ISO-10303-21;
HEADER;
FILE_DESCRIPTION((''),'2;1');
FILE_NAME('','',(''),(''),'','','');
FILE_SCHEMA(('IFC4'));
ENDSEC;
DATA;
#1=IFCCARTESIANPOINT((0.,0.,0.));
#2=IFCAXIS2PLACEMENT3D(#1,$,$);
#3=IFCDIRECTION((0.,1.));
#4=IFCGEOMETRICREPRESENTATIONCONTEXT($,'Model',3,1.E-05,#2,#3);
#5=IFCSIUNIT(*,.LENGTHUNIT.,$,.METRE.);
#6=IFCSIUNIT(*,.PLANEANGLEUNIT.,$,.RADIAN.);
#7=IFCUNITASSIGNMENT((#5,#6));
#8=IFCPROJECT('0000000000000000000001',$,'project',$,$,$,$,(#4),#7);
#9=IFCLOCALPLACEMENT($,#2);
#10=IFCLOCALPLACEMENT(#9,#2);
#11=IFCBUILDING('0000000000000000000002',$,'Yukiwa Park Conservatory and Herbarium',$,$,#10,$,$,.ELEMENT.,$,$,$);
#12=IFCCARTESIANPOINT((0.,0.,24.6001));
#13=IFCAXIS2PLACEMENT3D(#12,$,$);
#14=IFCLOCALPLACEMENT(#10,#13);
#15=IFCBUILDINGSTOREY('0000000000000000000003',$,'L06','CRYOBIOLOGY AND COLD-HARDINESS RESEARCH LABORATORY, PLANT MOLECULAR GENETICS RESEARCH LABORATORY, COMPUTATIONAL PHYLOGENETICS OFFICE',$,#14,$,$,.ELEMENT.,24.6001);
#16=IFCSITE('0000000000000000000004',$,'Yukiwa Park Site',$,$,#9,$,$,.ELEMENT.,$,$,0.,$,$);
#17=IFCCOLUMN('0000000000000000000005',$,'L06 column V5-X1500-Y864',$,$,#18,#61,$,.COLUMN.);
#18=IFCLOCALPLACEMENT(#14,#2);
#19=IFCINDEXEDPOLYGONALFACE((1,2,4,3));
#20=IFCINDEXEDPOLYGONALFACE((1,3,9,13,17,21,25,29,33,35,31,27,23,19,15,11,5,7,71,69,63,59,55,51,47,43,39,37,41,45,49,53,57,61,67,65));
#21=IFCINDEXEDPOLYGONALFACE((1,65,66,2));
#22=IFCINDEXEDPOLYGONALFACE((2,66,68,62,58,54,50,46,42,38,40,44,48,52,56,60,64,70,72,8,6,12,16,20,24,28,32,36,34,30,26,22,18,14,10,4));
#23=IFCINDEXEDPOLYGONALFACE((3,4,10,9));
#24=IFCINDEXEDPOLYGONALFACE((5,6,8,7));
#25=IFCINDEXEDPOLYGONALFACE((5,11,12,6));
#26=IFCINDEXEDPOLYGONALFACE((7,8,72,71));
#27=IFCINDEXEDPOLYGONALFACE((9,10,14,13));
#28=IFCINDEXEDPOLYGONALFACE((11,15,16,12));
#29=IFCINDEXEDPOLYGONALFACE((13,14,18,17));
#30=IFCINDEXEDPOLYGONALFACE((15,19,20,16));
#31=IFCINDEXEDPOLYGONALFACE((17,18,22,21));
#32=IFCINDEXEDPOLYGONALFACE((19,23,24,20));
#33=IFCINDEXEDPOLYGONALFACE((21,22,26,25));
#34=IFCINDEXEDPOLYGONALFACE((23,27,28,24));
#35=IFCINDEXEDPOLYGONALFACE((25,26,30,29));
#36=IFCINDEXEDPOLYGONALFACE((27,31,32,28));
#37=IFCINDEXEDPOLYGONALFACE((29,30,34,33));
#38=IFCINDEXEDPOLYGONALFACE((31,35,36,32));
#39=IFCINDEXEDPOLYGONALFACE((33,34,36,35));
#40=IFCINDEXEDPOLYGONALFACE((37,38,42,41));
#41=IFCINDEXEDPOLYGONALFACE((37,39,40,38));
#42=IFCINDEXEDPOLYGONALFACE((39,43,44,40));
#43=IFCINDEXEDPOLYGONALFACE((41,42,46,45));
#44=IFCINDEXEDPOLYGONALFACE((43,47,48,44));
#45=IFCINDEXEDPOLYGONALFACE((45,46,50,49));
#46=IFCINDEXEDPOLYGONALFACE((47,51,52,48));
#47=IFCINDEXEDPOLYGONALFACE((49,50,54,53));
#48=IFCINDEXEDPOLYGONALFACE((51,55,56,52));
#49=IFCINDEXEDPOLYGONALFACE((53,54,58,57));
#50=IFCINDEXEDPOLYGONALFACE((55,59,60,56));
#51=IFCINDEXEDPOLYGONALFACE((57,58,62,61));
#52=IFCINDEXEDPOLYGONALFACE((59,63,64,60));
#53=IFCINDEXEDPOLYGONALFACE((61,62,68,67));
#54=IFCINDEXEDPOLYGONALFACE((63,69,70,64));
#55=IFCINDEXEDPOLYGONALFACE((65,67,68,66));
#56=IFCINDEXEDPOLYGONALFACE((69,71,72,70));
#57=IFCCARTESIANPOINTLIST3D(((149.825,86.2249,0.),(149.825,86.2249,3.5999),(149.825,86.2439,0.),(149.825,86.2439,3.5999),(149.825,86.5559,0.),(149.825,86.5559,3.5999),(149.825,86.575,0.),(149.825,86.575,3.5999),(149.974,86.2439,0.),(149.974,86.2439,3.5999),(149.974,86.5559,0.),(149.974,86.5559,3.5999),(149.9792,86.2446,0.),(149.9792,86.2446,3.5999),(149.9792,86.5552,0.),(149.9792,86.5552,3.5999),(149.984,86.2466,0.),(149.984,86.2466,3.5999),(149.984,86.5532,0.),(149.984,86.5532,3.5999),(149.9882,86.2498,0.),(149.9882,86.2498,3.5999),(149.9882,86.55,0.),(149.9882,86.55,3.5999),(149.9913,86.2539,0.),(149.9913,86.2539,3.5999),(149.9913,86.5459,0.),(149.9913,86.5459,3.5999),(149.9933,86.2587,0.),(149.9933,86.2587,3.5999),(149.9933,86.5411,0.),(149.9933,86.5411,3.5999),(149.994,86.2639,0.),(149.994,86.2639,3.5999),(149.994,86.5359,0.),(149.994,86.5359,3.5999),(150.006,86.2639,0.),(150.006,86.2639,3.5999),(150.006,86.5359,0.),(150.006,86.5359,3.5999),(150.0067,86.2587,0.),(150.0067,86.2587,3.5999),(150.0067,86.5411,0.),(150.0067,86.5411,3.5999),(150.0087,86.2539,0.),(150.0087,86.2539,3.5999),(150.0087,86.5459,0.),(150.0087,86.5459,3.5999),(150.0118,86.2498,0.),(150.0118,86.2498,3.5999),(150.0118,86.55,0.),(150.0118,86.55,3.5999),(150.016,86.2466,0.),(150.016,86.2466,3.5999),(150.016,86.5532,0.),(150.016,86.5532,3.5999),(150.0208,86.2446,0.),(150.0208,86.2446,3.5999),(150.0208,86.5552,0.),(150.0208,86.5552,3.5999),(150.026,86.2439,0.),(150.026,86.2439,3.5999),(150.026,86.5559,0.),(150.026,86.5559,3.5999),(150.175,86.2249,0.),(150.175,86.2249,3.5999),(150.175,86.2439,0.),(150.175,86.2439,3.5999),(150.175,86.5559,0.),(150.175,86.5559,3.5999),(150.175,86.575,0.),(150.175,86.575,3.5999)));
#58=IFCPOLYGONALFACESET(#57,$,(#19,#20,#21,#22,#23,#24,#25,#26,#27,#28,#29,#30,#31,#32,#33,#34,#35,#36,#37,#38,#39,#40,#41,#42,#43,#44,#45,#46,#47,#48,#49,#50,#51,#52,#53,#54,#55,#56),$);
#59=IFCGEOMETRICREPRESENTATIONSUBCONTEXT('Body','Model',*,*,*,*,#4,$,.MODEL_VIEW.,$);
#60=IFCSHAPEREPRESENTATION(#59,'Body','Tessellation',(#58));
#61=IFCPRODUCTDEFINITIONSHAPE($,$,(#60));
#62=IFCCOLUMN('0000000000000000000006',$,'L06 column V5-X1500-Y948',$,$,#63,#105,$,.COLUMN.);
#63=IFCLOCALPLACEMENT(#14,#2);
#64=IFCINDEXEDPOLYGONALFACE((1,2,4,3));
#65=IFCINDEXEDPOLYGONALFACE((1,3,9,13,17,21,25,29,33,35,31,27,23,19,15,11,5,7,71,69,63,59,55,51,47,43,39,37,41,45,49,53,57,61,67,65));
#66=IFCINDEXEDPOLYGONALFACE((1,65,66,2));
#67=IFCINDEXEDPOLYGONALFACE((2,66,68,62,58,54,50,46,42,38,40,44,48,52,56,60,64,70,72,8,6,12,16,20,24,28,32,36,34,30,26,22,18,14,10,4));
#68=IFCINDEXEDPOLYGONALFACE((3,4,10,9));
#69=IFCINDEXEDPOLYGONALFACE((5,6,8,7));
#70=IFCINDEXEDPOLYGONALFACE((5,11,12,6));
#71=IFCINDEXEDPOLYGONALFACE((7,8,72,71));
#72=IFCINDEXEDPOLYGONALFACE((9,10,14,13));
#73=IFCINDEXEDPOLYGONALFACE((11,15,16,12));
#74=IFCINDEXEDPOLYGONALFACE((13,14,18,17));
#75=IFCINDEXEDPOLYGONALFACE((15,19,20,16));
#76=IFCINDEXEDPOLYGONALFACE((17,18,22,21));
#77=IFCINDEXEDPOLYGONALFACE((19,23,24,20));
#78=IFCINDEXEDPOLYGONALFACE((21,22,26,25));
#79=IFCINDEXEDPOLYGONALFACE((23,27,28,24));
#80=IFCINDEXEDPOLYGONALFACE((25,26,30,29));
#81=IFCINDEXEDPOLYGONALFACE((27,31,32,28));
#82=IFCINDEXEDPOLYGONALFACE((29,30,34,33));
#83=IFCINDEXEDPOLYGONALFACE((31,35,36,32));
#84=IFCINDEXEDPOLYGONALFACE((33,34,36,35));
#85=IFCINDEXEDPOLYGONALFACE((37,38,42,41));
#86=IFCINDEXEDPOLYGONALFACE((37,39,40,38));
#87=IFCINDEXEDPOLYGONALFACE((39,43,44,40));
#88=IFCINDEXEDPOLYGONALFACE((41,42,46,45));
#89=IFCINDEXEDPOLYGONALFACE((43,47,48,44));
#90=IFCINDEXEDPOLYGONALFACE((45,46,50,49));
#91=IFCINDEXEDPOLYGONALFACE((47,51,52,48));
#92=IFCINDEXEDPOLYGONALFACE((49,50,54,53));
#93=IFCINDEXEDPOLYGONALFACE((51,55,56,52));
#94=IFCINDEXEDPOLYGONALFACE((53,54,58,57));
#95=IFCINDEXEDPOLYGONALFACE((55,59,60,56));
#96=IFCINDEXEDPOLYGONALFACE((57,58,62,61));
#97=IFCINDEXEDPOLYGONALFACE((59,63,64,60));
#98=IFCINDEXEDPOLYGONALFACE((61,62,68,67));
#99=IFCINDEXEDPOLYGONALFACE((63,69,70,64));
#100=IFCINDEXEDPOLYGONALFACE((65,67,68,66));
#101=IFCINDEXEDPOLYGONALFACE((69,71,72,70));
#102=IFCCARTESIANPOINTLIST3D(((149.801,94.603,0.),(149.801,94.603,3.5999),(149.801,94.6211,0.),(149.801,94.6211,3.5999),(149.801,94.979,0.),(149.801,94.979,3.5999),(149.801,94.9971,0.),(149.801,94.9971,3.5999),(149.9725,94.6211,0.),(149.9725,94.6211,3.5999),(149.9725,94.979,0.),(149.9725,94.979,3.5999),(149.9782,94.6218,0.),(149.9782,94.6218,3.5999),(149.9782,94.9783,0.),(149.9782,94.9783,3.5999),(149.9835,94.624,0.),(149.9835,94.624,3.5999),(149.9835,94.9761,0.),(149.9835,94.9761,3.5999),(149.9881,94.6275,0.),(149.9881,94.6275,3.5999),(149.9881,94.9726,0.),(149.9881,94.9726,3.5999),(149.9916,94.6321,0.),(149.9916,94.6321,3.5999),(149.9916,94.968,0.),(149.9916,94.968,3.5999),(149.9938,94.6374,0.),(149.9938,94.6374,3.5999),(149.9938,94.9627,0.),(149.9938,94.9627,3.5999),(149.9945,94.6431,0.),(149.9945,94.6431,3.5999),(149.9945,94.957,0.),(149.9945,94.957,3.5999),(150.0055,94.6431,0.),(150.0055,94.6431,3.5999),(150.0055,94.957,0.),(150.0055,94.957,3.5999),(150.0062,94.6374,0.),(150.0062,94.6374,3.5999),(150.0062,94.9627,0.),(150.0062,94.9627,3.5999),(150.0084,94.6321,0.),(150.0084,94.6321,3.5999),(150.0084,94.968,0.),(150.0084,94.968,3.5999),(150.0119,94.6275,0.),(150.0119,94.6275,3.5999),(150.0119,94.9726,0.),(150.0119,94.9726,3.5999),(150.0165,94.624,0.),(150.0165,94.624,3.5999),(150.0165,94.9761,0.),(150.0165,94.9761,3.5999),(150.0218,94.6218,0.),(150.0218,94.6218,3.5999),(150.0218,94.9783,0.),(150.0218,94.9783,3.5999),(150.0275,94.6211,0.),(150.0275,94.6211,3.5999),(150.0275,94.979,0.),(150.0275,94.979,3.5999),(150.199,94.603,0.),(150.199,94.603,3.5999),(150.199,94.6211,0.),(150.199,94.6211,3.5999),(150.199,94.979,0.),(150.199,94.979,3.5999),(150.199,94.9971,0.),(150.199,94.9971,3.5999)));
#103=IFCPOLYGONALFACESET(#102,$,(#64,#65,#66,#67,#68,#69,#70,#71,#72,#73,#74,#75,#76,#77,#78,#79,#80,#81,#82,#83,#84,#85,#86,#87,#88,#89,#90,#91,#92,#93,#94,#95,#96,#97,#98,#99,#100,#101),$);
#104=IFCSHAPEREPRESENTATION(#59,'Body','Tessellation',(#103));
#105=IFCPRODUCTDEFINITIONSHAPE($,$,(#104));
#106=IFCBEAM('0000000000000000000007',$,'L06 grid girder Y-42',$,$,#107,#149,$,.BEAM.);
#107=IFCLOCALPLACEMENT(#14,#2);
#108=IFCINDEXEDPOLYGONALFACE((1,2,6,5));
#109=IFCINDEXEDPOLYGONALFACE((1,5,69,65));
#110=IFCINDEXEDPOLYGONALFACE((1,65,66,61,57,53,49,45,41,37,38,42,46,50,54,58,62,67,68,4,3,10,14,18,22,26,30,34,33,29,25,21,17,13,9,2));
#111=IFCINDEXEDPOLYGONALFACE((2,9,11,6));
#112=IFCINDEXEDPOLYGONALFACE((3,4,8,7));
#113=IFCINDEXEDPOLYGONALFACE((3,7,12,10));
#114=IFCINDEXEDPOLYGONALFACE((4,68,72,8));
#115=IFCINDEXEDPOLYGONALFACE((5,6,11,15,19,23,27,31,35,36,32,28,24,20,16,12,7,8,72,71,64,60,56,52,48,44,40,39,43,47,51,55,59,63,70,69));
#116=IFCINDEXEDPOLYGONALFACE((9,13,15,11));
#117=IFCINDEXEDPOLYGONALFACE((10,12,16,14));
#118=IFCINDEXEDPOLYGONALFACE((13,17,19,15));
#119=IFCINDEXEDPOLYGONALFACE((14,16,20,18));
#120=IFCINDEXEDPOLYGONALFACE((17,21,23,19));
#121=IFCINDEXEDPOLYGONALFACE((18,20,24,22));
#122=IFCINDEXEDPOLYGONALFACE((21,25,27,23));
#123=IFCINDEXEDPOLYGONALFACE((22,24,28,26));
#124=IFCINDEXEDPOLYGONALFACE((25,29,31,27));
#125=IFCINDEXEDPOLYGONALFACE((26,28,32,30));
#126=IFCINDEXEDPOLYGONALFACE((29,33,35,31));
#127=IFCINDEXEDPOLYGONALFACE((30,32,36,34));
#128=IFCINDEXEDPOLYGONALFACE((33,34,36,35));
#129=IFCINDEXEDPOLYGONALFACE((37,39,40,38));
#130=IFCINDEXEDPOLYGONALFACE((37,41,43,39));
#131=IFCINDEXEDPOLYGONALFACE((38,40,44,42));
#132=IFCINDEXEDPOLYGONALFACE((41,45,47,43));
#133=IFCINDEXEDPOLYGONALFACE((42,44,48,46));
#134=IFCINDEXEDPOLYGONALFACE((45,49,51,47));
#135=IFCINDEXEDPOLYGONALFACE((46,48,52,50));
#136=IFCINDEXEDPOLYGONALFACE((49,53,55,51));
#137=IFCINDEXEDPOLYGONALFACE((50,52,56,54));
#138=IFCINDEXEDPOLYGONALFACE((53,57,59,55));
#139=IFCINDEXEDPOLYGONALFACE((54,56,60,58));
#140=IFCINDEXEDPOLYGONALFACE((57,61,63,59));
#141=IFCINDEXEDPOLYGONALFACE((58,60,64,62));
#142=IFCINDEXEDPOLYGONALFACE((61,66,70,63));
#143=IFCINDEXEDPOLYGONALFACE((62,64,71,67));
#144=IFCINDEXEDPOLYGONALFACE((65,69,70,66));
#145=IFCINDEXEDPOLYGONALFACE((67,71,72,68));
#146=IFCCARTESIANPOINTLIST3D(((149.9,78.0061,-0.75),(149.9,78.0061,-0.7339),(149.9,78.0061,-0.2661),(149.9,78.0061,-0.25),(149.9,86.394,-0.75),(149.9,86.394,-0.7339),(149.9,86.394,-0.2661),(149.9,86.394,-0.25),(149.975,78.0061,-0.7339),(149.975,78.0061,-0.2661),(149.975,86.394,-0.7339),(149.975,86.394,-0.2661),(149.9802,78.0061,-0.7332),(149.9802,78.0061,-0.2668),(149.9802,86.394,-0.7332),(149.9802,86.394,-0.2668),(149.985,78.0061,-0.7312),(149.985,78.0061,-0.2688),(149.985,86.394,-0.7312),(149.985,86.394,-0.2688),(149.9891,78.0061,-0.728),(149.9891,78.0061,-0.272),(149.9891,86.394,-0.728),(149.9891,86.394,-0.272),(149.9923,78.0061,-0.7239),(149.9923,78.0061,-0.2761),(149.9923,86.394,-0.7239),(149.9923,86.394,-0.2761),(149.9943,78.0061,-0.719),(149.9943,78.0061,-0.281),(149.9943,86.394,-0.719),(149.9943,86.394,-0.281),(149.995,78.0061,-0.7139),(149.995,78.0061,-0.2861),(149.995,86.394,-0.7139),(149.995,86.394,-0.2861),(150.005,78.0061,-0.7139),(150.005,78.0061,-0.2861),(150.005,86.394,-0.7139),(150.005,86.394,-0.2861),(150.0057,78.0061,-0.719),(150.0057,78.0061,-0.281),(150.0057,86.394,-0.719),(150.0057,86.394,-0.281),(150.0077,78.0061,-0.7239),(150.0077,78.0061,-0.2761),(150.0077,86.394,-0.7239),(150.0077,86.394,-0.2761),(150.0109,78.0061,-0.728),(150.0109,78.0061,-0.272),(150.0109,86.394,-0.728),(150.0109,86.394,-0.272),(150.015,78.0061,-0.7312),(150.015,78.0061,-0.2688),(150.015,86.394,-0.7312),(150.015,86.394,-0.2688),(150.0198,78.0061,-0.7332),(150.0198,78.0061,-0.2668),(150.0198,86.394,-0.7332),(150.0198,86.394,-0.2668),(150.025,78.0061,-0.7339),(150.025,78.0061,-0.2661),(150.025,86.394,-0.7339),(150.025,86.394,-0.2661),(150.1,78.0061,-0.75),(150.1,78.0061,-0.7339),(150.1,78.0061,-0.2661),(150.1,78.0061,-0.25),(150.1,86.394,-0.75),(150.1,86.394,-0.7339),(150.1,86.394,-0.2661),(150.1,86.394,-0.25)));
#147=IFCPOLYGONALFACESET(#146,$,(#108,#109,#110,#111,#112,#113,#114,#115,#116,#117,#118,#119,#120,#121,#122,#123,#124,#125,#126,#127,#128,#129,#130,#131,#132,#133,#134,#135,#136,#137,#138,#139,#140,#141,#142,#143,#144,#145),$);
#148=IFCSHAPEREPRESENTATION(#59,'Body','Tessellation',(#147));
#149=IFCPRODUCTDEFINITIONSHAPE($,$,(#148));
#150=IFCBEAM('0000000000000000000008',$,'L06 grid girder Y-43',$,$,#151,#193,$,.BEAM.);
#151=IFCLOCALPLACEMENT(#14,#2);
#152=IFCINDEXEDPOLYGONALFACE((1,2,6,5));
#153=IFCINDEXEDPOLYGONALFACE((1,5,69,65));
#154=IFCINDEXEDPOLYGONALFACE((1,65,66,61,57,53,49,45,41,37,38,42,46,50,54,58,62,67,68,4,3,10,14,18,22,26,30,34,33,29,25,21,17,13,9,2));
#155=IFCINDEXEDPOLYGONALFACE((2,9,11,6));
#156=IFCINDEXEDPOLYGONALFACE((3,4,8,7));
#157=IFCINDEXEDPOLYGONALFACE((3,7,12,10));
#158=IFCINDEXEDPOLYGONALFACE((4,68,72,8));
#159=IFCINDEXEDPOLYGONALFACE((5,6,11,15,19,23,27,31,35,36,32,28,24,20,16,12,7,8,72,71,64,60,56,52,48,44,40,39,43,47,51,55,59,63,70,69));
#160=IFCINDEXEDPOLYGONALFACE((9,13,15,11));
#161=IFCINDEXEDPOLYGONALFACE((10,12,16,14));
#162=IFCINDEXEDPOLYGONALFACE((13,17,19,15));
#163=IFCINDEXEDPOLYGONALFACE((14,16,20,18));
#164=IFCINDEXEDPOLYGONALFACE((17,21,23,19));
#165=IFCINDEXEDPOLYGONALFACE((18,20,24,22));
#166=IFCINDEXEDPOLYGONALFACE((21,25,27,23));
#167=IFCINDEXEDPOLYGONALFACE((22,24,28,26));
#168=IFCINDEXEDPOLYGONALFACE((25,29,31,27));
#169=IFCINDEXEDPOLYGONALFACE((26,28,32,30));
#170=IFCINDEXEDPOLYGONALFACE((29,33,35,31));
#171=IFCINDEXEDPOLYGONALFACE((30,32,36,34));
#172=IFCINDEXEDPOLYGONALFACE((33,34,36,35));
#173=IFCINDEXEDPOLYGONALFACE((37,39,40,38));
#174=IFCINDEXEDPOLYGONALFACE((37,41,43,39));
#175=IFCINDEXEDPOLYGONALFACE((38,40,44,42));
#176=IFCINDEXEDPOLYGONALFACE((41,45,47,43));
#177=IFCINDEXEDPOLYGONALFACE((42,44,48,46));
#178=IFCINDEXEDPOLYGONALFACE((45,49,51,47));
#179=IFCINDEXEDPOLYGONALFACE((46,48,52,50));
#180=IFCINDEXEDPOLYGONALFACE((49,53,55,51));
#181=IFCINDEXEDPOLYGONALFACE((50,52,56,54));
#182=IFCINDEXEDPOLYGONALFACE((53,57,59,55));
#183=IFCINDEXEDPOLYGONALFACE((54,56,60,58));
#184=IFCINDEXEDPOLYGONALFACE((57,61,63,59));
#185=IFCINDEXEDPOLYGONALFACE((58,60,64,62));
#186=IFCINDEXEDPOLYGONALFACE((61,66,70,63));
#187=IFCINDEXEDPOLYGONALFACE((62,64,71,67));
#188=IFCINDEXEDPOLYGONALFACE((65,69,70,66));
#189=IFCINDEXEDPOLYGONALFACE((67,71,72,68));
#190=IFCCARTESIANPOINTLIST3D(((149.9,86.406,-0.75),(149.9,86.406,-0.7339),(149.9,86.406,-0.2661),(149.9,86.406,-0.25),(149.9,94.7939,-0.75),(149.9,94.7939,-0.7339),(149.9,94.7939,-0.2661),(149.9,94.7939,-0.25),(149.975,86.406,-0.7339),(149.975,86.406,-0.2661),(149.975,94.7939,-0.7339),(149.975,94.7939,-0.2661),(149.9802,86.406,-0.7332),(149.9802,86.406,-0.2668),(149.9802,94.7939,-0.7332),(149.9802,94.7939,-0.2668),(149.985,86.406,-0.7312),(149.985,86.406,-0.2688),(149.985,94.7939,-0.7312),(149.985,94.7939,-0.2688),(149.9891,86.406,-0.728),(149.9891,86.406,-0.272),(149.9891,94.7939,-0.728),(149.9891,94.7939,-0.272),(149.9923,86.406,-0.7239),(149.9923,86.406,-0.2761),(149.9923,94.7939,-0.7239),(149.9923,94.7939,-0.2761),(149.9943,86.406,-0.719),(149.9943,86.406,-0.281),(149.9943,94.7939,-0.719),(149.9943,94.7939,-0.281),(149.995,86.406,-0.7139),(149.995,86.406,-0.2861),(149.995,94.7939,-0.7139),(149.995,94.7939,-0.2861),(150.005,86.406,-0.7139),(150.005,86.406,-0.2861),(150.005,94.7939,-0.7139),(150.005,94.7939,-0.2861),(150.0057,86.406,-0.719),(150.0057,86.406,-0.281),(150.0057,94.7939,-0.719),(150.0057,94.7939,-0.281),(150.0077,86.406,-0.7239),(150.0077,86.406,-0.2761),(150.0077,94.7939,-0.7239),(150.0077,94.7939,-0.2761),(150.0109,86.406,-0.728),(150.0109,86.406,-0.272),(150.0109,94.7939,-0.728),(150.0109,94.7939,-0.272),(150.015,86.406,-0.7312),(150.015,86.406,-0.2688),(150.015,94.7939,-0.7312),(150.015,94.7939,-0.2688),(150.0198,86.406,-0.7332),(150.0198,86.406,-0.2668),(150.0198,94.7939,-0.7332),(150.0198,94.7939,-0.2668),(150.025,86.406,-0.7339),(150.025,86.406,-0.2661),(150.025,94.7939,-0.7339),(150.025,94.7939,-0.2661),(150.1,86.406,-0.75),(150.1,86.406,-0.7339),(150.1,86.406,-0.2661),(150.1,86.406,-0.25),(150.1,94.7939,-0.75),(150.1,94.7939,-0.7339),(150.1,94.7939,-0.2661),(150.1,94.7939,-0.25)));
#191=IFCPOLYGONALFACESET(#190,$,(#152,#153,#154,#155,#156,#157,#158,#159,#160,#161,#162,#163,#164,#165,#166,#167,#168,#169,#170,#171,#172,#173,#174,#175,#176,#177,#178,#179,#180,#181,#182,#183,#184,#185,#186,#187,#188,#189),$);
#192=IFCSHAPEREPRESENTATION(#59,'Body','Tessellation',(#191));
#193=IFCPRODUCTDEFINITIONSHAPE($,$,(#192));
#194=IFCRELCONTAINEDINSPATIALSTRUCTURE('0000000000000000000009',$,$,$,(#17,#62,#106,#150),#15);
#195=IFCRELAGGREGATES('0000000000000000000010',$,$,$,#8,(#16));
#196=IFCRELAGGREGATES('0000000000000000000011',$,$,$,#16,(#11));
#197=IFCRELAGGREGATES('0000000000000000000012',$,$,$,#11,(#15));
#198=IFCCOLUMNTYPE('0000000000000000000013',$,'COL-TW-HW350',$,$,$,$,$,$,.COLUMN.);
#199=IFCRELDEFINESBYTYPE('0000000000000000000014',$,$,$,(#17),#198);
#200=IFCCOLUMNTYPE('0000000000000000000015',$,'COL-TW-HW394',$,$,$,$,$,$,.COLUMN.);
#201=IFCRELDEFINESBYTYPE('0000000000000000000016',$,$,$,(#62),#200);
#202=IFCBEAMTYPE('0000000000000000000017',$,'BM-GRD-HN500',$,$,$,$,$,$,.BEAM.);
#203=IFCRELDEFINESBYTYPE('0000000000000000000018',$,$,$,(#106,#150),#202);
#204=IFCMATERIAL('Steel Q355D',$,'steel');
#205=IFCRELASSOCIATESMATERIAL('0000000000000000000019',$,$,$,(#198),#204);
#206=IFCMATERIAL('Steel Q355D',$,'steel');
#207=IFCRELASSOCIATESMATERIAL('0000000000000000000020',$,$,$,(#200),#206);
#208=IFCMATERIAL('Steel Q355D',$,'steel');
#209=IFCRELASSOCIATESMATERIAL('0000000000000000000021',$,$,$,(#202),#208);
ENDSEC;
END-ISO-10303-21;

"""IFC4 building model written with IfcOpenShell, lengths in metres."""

from ifc_helpers import new_model, si_unit, direction, frame, origin, origin_2d, place, context, subcontext, project, spatial, i_section, extrude, material, material_profile, profile_set, type_object, element, save


model = new_model("IFC4")

# Units and contexts
model_context = context("Model", 3, precision=1e-05, world=origin(), true_north=direction((0.0, 1.0)))
body_context = subcontext(model_context, "Body", "Model", "MODEL_VIEW")
ifc_project = project(units=[si_unit("LENGTHUNIT", "METRE"), si_unit("PLANEANGLEUNIT", "RADIAN")], contexts=[model_context])

# Site, building, storey
site_placement = place(None, origin())
site = spatial("IfcSite", under=ifc_project, at=site_placement, Name="Yukiwa Park Site", CompositionType="ELEMENT", RefElevation=0.0)
building_placement = place(site_placement, origin())
building = spatial("IfcBuilding", under=site, at=building_placement, Name="Yukiwa Park Conservatory and Herbarium", CompositionType="ELEMENT")
storey_placement = place(building_placement, frame((0.0, 0.0, 24.6001)))
storey = spatial("IfcBuildingStorey", under=building, at=storey_placement, Name="L06", Description="CRYOBIOLOGY AND COLD-HARDINESS RESEARCH LABORATORY, PLANT MOLECULAR GENETICS RESEARCH LABORATORY, COMPUTATIONAL PHYLOGENETICS OFFICE", CompositionType="ELEMENT", Elevation=24.6001)

# Columns
ifc_material_1 = material(Name="Steel Q355D", Category="steel")
ifc_material_profile_1 = material_profile(ifc_material_1, i_section(OverallWidth=0.3501, OverallDepth=0.3501, WebThickness=0.012, FlangeThickness=0.019, FilletRadius=0.02, at=origin_2d()), Name="HW 350x350x12x19")
ifc_profile_set_1 = profile_set([ifc_material_profile_1], Name="Steel Q355D")
column_type_1 = type_object("IfcColumnType", Name="COL-TW-HW350", PredefinedType="COLUMN", material=ifc_profile_set_1)
column_1_placement = place(storey_placement, frame((150.0, 86.3999, 0.0), z_axis=(0.0, 0.0, 1.0), x_axis=(1.0, 0.0, 0.0)))
element("IfcColumn", 1, at=column_1_placement, inside=storey, type_object=column_type_1, Name="L06 column V5-X1500-Y864", PredefinedType="COLUMN", context=body_context, shape_type="SweptSolid", body=[
    extrude(i_section(OverallWidth=0.3501, OverallDepth=0.3501, WebThickness=0.012, FlangeThickness=0.019, FilletRadius=0.02, at=origin_2d()), origin(), (0.0, 0.0, 1.0), 3.5999),
])
ifc_material_2 = material(Name="Steel Q355D", Category="steel")
ifc_material_profile_2 = material_profile(ifc_material_2, i_section(OverallWidth=0.3979, OverallDepth=0.394, WebThickness=0.011, FlangeThickness=0.0181, FilletRadius=0.022, at=origin_2d()), Name="HW 394x398x11x18")
ifc_profile_set_2 = profile_set([ifc_material_profile_2], Name="Steel Q355D")
column_type_2 = type_object("IfcColumnType", Name="COL-TW-HW394", PredefinedType="COLUMN", material=ifc_profile_set_2)
column_2_placement = place(storey_placement, frame((150.0, 94.8, 0.0), z_axis=(0.0, 0.0, 1.0), x_axis=(1.0, 0.0, 0.0)))
element("IfcColumn", 2, at=column_2_placement, inside=storey, type_object=column_type_2, Name="L06 column V5-X1500-Y948", PredefinedType="COLUMN", context=body_context, shape_type="SweptSolid", body=[
    extrude(i_section(OverallWidth=0.3979, OverallDepth=0.394, WebThickness=0.011, FlangeThickness=0.0181, FilletRadius=0.022, at=origin_2d()), origin(), (0.0, 0.0, 1.0), 3.5999),
])

# Beams
ifc_material_3 = material(Name="Steel Q355D", Category="steel")
ifc_material_profile_3 = material_profile(ifc_material_3, i_section(OverallWidth=0.2, OverallDepth=0.5, WebThickness=0.01, FlangeThickness=0.0161, FilletRadius=0.02, at=origin_2d()), Name="HN 500x200x10x16")
ifc_profile_set_3 = profile_set([ifc_material_profile_3], Name="Steel Q355D")
beam_type_1 = type_object("IfcBeamType", Name="BM-GRD-HN500", PredefinedType="BEAM", material=ifc_profile_set_3)
for number, where, z_axis, x_axis, name in (
    (3, (150.0, 78.0061, -0.5), (0.0, 1.0, 0.0), (-1.0, 0.0, 0.0), "L06 grid girder Y-42"),
    (4, (150.0, 86.406, -0.5), (0.0, 1.0, 0.0), (-1.0, 0.0, 0.0), "L06 grid girder Y-43"),
):
    element("IfcBeam", number, at=place(storey_placement, frame(where, z_axis=z_axis, x_axis=x_axis)), inside=storey, type_object=beam_type_1, Name=name, PredefinedType="BEAM", context=body_context, shape_type="SweptSolid", body=[
        extrude(i_section(OverallWidth=0.2, OverallDepth=0.5, WebThickness=0.01, FlangeThickness=0.0161, FilletRadius=0.02, at=origin_2d()), origin(), (0.0, 0.0, 1.0), 8.3879),
    ])

save(model, "model.ifc")
